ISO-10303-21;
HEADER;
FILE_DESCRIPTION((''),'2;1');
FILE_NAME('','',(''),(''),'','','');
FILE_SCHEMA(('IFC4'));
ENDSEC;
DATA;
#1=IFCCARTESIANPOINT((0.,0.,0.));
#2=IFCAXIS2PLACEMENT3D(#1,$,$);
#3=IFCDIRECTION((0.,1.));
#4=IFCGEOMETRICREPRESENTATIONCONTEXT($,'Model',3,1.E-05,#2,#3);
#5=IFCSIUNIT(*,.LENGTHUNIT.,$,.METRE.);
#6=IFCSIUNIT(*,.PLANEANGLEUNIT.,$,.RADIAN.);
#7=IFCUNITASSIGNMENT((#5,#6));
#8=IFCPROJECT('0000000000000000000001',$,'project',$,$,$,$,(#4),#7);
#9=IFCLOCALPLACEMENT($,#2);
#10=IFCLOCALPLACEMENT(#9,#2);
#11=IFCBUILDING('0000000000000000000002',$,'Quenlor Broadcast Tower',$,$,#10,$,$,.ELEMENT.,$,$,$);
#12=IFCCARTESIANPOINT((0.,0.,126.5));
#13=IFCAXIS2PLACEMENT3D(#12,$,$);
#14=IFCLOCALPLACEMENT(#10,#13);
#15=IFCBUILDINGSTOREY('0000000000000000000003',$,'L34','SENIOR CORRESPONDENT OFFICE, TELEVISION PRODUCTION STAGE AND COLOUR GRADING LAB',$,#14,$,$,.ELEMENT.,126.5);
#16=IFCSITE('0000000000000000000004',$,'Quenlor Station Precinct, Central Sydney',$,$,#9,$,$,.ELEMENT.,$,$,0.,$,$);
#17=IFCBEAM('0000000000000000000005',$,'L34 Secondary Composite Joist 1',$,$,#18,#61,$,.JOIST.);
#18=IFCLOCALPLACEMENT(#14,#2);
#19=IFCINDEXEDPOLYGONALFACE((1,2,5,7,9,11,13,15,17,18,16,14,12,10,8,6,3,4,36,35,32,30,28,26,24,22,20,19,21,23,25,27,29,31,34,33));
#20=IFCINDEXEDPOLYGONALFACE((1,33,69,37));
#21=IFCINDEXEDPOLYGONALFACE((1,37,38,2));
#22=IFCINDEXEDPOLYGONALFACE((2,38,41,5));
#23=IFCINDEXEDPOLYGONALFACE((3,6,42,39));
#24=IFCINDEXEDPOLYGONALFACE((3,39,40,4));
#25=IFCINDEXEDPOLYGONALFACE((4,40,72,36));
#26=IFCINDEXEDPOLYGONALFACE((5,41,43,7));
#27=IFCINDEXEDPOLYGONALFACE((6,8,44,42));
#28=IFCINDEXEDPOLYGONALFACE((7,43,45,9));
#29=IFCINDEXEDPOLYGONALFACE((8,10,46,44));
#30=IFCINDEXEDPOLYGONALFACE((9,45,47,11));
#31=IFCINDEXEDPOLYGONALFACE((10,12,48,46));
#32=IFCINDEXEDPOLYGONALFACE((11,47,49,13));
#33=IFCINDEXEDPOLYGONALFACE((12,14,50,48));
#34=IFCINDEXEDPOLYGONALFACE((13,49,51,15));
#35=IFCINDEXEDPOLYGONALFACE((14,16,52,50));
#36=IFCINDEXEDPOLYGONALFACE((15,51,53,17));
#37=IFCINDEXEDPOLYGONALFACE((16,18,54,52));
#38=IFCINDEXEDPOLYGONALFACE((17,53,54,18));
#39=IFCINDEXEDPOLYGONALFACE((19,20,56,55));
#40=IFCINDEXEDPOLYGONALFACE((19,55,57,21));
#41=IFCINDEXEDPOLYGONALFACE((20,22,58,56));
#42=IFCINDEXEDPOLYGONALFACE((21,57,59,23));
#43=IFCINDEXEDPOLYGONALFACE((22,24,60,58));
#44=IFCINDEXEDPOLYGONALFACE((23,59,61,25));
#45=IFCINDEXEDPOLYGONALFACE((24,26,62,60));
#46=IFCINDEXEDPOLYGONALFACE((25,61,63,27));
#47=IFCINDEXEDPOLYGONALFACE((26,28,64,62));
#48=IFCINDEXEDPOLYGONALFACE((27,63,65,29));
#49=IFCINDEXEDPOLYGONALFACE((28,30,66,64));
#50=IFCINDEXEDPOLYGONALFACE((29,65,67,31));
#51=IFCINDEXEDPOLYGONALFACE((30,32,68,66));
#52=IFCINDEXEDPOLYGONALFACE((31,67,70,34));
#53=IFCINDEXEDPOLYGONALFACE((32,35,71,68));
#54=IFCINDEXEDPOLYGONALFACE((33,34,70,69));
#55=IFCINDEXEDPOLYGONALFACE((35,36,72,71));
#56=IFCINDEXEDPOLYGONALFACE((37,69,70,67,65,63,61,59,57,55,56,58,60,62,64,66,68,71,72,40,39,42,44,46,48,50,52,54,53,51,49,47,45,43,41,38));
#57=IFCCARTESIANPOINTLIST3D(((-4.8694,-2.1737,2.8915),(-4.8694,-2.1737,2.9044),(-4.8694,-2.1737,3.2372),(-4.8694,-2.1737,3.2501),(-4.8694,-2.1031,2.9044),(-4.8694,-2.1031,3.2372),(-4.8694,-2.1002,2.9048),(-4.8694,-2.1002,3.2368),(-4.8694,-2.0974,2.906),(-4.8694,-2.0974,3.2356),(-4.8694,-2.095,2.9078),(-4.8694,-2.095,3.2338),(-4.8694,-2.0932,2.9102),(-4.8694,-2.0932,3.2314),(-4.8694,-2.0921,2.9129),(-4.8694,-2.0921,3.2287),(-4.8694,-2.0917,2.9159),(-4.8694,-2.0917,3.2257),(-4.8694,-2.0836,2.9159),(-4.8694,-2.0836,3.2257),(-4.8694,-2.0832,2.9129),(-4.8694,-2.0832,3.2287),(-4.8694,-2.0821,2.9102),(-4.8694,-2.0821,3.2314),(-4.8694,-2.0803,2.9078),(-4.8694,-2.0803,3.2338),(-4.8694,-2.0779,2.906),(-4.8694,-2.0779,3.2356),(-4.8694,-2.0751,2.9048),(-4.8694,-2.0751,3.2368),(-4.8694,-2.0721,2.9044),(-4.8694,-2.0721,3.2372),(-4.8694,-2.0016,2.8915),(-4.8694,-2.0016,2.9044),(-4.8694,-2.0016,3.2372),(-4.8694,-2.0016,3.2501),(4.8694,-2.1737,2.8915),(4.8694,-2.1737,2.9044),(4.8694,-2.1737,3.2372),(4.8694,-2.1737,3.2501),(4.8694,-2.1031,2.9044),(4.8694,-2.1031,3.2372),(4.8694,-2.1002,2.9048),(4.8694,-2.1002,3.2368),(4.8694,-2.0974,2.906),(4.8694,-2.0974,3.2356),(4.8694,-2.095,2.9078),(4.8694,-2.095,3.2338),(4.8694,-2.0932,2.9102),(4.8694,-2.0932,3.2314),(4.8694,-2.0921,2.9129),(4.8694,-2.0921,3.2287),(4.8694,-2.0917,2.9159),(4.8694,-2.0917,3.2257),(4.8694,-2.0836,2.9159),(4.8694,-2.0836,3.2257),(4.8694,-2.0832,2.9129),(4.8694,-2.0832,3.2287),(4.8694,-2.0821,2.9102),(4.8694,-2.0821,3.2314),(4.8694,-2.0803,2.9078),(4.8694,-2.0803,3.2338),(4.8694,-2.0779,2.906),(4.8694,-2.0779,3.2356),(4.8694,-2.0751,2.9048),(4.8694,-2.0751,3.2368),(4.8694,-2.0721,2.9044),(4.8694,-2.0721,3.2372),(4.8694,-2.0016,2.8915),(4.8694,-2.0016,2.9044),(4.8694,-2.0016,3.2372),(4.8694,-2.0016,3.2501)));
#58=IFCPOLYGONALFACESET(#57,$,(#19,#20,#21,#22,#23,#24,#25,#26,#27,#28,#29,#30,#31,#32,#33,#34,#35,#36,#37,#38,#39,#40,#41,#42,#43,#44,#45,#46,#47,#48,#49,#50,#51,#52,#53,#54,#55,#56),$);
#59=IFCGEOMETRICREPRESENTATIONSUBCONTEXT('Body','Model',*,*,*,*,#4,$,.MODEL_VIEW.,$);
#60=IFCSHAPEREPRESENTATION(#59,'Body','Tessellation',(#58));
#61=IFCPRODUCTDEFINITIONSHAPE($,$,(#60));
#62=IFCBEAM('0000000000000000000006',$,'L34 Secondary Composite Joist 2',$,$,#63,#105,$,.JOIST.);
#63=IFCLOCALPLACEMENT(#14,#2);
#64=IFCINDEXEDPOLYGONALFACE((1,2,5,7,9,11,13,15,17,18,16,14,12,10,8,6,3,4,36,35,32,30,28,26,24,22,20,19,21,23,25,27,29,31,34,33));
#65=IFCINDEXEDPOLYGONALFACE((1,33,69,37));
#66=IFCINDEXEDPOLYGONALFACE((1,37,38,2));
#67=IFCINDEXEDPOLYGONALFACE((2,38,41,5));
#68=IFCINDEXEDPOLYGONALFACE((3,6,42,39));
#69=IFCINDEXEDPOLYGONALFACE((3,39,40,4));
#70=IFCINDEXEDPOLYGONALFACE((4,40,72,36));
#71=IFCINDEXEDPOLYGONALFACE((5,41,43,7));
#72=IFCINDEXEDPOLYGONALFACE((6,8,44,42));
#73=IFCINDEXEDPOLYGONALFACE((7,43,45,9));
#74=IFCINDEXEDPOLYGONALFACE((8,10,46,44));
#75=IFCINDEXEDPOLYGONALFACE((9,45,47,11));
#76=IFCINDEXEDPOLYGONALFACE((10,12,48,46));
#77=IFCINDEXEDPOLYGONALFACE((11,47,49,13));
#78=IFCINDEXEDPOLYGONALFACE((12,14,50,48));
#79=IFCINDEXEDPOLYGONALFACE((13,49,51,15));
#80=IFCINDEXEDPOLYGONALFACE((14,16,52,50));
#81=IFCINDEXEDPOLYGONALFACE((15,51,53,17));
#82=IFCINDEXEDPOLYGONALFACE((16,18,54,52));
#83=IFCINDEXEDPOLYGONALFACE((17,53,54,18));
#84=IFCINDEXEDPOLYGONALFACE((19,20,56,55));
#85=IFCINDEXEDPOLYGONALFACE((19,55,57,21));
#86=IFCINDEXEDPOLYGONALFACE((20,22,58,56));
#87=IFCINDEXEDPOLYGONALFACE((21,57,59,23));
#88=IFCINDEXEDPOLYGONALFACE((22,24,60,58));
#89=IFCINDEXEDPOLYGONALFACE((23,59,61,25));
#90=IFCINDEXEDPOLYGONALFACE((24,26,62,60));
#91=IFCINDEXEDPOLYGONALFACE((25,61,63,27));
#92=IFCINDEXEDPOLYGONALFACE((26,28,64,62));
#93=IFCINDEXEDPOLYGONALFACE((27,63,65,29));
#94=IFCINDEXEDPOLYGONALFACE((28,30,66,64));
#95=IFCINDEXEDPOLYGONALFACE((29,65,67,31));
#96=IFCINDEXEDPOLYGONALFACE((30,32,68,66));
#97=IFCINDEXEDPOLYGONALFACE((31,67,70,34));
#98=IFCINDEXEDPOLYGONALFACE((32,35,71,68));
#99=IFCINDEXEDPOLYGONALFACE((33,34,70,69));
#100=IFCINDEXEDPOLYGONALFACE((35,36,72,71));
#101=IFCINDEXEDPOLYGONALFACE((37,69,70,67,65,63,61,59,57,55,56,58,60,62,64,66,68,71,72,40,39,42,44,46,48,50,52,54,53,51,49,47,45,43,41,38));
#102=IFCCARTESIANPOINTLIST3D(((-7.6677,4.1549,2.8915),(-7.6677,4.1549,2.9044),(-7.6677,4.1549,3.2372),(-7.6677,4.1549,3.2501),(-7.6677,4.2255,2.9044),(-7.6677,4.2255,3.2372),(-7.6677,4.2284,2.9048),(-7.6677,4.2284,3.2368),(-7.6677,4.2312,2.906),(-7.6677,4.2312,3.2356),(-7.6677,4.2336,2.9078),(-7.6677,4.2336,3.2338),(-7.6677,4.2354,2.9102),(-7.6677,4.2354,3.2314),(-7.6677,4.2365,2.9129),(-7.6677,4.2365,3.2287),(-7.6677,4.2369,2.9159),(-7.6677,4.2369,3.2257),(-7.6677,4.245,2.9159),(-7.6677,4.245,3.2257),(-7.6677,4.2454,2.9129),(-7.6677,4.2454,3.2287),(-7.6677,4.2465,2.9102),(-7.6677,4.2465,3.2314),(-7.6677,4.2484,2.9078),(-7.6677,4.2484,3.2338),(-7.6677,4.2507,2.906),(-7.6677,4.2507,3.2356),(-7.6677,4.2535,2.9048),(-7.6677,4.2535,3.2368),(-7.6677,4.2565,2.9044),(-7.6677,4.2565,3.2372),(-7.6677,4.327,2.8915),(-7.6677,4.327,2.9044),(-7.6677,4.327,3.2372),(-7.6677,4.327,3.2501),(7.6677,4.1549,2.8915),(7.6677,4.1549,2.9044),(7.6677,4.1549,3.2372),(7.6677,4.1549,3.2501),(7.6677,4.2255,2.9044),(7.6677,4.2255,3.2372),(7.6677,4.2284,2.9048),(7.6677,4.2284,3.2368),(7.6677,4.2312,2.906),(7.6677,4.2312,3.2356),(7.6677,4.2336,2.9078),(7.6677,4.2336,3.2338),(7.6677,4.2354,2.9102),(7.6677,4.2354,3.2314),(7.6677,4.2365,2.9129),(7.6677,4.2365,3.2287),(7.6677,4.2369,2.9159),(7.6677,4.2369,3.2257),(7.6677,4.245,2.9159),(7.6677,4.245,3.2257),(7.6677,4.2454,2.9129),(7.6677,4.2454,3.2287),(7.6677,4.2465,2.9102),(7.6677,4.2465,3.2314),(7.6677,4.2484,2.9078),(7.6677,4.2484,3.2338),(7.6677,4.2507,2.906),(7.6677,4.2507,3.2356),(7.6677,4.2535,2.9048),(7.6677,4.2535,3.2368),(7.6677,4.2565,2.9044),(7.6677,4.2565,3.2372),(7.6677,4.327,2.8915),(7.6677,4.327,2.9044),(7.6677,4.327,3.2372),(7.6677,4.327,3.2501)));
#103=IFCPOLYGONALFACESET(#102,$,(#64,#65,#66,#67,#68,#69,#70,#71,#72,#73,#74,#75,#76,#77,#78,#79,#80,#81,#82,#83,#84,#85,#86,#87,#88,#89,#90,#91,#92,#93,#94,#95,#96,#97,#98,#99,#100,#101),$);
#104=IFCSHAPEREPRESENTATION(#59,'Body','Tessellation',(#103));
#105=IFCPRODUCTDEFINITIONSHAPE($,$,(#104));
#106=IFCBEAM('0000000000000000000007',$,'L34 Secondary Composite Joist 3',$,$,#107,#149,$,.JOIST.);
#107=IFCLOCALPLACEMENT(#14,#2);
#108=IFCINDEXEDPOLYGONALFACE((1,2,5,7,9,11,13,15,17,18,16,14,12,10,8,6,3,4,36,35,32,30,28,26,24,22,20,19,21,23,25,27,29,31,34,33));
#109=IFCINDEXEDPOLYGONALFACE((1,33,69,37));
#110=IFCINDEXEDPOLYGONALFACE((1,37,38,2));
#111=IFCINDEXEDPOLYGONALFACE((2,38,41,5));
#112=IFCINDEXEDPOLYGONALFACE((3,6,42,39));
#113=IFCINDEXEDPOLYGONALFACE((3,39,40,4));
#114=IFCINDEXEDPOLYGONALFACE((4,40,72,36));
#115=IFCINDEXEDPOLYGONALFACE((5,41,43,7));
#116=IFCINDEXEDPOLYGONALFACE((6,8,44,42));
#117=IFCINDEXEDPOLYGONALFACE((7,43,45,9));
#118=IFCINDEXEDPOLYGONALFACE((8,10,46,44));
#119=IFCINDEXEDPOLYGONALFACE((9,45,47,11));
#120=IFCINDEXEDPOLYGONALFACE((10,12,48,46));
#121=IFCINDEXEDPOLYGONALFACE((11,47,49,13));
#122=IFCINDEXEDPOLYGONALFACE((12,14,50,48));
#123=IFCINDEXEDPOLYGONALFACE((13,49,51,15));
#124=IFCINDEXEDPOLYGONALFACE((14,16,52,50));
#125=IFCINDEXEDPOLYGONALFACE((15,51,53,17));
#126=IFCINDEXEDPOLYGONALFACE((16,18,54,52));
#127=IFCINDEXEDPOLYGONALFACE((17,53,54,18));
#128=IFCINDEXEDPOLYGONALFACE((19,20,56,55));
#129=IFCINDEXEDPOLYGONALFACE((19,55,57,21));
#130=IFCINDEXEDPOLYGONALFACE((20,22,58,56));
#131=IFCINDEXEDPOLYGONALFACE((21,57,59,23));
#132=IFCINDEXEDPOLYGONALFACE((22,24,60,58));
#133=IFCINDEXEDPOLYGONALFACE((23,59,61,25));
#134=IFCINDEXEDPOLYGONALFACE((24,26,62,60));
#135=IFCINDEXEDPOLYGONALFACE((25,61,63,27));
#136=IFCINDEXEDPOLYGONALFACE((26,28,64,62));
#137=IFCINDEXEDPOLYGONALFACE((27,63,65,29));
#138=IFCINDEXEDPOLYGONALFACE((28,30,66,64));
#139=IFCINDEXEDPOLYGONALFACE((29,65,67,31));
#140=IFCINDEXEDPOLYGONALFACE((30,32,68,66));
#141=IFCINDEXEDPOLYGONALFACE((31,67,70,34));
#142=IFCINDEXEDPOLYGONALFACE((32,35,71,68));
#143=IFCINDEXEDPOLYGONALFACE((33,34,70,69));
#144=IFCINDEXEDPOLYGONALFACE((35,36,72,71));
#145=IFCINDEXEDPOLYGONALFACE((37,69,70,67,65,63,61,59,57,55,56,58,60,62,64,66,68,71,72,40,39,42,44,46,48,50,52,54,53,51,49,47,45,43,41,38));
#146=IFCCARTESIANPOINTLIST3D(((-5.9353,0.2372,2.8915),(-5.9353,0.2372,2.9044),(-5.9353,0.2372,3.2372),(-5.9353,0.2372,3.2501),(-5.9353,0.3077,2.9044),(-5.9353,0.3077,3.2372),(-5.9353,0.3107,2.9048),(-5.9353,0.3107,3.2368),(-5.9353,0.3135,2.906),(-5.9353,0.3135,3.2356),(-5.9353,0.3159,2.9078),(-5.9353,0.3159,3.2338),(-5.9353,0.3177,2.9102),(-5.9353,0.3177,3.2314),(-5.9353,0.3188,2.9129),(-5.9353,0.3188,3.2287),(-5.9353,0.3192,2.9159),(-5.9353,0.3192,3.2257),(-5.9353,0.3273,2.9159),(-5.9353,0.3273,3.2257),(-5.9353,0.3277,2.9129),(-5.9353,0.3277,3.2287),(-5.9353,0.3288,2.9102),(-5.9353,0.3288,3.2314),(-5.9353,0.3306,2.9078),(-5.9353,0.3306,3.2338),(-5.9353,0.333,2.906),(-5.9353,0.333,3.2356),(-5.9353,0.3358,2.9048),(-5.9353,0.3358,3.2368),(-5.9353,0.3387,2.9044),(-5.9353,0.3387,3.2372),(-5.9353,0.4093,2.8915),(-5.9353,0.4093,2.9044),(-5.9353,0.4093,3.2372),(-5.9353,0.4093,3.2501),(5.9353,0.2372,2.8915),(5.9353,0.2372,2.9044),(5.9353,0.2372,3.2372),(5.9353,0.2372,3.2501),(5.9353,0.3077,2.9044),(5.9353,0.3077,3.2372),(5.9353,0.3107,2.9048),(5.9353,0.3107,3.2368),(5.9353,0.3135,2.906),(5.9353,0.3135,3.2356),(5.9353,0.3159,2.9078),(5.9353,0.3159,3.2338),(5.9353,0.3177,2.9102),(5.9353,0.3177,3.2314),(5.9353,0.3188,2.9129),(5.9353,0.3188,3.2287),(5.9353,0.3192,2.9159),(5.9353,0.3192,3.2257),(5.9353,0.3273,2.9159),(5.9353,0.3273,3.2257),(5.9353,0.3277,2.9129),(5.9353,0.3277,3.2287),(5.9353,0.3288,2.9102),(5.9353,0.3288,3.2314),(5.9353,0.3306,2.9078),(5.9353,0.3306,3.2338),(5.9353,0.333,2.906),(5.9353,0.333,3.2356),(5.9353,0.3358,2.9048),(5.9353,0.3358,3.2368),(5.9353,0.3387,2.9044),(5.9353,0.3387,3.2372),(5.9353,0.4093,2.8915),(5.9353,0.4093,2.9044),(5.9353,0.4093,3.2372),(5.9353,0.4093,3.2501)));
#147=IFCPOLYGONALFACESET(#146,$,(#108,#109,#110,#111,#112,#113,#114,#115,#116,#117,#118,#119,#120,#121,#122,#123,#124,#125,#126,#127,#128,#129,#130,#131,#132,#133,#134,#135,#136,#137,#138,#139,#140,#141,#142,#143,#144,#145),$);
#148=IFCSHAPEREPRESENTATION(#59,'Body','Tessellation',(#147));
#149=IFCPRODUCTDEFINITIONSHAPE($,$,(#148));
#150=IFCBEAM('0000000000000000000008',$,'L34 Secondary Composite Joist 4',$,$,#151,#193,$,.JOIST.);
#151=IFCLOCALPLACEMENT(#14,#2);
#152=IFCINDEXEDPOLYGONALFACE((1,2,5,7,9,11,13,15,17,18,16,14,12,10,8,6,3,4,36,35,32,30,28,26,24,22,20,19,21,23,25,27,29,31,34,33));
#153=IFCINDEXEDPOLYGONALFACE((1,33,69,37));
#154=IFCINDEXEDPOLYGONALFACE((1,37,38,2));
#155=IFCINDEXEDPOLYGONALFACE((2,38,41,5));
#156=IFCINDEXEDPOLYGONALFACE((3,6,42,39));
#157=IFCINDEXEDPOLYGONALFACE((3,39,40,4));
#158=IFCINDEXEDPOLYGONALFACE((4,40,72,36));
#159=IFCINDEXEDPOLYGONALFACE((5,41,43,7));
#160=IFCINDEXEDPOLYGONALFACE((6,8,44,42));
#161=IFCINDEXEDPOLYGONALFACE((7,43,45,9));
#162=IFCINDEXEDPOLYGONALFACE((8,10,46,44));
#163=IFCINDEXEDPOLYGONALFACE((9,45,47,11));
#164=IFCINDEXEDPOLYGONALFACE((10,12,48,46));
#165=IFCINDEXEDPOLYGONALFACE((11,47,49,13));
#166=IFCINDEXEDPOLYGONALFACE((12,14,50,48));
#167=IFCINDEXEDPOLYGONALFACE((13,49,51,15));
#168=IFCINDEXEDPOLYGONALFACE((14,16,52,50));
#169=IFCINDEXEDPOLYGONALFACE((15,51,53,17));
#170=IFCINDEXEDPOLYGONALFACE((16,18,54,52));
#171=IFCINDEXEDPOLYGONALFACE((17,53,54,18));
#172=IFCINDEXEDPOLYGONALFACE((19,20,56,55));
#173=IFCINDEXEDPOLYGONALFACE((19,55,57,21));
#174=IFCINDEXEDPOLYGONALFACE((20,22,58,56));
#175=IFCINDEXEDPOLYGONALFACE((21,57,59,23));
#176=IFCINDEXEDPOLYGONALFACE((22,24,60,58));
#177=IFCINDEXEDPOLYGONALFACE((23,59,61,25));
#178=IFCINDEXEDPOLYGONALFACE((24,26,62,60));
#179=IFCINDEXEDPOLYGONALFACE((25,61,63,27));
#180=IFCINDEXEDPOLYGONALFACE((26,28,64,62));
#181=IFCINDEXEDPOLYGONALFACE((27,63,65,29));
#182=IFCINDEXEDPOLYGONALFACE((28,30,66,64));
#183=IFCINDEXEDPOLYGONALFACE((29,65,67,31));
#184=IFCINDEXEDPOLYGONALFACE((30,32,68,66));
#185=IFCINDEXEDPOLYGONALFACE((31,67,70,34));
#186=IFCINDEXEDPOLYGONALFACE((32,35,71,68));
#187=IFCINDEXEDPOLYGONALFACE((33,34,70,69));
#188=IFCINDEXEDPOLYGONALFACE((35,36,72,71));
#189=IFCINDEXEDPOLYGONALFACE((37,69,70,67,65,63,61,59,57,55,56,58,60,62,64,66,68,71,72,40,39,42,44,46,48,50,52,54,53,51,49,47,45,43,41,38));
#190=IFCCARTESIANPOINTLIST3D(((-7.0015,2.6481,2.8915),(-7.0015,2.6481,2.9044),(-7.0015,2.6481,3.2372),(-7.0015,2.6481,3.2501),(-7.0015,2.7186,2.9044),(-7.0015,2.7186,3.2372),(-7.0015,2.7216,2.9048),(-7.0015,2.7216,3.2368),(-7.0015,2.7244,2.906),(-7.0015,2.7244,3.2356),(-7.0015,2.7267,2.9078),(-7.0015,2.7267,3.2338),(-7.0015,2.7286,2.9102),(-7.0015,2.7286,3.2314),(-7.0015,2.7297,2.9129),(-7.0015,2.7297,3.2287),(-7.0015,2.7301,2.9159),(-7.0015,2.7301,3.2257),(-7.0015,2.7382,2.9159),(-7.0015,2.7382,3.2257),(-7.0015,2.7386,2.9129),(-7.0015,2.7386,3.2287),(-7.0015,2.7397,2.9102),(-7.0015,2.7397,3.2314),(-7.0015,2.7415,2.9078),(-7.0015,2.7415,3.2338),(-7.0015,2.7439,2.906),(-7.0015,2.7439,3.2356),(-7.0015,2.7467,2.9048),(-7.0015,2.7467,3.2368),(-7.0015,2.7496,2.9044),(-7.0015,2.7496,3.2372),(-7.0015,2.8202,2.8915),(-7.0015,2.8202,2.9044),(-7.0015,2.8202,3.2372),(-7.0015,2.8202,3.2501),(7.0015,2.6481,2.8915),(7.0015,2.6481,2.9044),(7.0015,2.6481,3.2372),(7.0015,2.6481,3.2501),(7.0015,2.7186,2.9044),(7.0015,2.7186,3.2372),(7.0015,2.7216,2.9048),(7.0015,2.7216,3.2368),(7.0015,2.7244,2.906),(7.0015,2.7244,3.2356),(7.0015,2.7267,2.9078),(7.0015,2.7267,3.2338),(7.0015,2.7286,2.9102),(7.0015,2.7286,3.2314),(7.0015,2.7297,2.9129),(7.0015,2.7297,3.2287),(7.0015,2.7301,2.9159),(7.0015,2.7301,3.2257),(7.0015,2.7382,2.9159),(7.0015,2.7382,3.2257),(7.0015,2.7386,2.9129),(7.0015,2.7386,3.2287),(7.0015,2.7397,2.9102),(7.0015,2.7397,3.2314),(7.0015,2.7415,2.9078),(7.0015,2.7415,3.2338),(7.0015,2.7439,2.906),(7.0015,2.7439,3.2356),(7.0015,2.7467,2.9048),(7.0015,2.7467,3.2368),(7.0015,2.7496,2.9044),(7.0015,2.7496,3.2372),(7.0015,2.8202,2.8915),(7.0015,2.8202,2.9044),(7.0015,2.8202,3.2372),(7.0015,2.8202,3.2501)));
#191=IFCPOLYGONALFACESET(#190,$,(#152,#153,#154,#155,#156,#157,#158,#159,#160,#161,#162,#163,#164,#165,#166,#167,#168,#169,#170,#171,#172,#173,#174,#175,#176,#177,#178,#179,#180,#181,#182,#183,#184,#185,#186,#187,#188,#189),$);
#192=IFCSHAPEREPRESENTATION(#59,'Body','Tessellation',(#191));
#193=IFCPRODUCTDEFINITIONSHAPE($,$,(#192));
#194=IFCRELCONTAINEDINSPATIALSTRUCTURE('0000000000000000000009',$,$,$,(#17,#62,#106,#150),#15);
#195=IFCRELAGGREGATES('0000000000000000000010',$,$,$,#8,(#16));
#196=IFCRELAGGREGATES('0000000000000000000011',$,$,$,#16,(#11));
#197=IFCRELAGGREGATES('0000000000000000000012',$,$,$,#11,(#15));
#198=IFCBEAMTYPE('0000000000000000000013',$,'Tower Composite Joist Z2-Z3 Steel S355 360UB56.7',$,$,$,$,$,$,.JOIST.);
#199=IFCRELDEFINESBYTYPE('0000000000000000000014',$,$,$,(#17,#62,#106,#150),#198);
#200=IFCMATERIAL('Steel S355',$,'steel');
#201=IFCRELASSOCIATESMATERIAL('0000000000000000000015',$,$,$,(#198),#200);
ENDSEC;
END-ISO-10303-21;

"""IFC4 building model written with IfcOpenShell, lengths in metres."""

from ifc_helpers import new_model, si_unit, direction, frame, origin, origin_2d, place, context, subcontext, project, spatial, i_section, extrude, material, material_profile, profile_set, type_object, element, save


model = new_model("IFC4")

# Units and contexts
model_context = context("Model", 3, precision=1e-05, world=origin(), true_north=direction((0.0, 1.0)))
body_context = subcontext(model_context, "Body", "Model", "MODEL_VIEW")
ifc_project = project(units=[si_unit("LENGTHUNIT", "METRE"), si_unit("PLANEANGLEUNIT", "RADIAN")], contexts=[model_context])

# Site, building, storey
site_placement = place(None, origin())
site = spatial("IfcSite", under=ifc_project, at=site_placement, Name="Quenlor Station Precinct, Central Sydney", CompositionType="ELEMENT", RefElevation=0.0)
building_placement = place(site_placement, origin())
building = spatial("IfcBuilding", under=site, at=building_placement, Name="Quenlor Broadcast Tower", CompositionType="ELEMENT")
storey_placement = place(building_placement, frame((0.0, 0.0, 126.5)))
storey = spatial("IfcBuildingStorey", under=building, at=storey_placement, Name="L34", Description="SENIOR CORRESPONDENT OFFICE, TELEVISION PRODUCTION STAGE AND COLOUR GRADING LAB", CompositionType="ELEMENT", Elevation=126.5)

# Beams
ifc_material_1 = material(Name="Steel S355", Category="steel")
ifc_material_profile = material_profile(ifc_material_1, i_section(OverallWidth=0.1721, OverallDepth=0.3586, WebThickness=0.0081, FlangeThickness=0.0129, FilletRadius=0.0115, at=origin_2d()))
ifc_profile_set = profile_set([ifc_material_profile], Name="Steel S355 360UB56.7")
beam_type = type_object("IfcBeamType", Name="Tower Composite Joist Z2-Z3 Steel S355 360UB56.7", PredefinedType="JOIST", material=ifc_profile_set)
beam_1_placement = place(storey_placement, frame((-4.8694, -2.0876, 3.0708), z_axis=(1.0, 0.0, 0.0), x_axis=(0.0, 1.0, 0.0)))
element("IfcBeam", 1, at=beam_1_placement, inside=storey, type_object=beam_type, Name="L34 Secondary Composite Joist 1", PredefinedType="JOIST", context=body_context, shape_type="SweptSolid", body=[
    extrude(i_section(OverallWidth=0.1721, OverallDepth=0.3586, WebThickness=0.0081, FlangeThickness=0.0129, FilletRadius=0.0115, at=origin_2d()), origin(), (0.0, 0.0, 1.0), 9.7388),
])
beam_2_placement = place(storey_placement, frame((-7.6677, 4.241, 3.0708), z_axis=(1.0, 0.0, 0.0), x_axis=(0.0, 1.0, 0.0)))
element("IfcBeam", 2, at=beam_2_placement, inside=storey, type_object=beam_type, Name="L34 Secondary Composite Joist 2", PredefinedType="JOIST", context=body_context, shape_type="SweptSolid", body=[
    extrude(i_section(OverallWidth=0.1721, OverallDepth=0.3586, WebThickness=0.0081, FlangeThickness=0.0129, FilletRadius=0.0115, at=origin_2d()), origin(), (0.0, 0.0, 1.0), 15.3354),
])
beam_3_placement = place(storey_placement, frame((-5.9353, 0.3232, 3.0708), z_axis=(1.0, 0.0, 0.0), x_axis=(0.0, 1.0, 0.0)))
element("IfcBeam", 3, at=beam_3_placement, inside=storey, type_object=beam_type, Name="L34 Secondary Composite Joist 3", PredefinedType="JOIST", context=body_context, shape_type="SweptSolid", body=[
    extrude(i_section(OverallWidth=0.1721, OverallDepth=0.3586, WebThickness=0.0081, FlangeThickness=0.0129, FilletRadius=0.0115, at=origin_2d()), origin(), (0.0, 0.0, 1.0), 11.8706),
])
beam_4_placement = place(storey_placement, frame((-7.0015, 2.7341, 3.0708), z_axis=(1.0, 0.0, 0.0), x_axis=(0.0, 1.0, 0.0)))
element("IfcBeam", 4, at=beam_4_placement, inside=storey, type_object=beam_type, Name="L34 Secondary Composite Joist 4", PredefinedType="JOIST", context=body_context, shape_type="SweptSolid", body=[
    extrude(i_section(OverallWidth=0.1721, OverallDepth=0.3586, WebThickness=0.0081, FlangeThickness=0.0129, FilletRadius=0.0115, at=origin_2d()), origin(), (0.0, 0.0, 1.0), 14.0029),
])

save(model, "model.ifc")
